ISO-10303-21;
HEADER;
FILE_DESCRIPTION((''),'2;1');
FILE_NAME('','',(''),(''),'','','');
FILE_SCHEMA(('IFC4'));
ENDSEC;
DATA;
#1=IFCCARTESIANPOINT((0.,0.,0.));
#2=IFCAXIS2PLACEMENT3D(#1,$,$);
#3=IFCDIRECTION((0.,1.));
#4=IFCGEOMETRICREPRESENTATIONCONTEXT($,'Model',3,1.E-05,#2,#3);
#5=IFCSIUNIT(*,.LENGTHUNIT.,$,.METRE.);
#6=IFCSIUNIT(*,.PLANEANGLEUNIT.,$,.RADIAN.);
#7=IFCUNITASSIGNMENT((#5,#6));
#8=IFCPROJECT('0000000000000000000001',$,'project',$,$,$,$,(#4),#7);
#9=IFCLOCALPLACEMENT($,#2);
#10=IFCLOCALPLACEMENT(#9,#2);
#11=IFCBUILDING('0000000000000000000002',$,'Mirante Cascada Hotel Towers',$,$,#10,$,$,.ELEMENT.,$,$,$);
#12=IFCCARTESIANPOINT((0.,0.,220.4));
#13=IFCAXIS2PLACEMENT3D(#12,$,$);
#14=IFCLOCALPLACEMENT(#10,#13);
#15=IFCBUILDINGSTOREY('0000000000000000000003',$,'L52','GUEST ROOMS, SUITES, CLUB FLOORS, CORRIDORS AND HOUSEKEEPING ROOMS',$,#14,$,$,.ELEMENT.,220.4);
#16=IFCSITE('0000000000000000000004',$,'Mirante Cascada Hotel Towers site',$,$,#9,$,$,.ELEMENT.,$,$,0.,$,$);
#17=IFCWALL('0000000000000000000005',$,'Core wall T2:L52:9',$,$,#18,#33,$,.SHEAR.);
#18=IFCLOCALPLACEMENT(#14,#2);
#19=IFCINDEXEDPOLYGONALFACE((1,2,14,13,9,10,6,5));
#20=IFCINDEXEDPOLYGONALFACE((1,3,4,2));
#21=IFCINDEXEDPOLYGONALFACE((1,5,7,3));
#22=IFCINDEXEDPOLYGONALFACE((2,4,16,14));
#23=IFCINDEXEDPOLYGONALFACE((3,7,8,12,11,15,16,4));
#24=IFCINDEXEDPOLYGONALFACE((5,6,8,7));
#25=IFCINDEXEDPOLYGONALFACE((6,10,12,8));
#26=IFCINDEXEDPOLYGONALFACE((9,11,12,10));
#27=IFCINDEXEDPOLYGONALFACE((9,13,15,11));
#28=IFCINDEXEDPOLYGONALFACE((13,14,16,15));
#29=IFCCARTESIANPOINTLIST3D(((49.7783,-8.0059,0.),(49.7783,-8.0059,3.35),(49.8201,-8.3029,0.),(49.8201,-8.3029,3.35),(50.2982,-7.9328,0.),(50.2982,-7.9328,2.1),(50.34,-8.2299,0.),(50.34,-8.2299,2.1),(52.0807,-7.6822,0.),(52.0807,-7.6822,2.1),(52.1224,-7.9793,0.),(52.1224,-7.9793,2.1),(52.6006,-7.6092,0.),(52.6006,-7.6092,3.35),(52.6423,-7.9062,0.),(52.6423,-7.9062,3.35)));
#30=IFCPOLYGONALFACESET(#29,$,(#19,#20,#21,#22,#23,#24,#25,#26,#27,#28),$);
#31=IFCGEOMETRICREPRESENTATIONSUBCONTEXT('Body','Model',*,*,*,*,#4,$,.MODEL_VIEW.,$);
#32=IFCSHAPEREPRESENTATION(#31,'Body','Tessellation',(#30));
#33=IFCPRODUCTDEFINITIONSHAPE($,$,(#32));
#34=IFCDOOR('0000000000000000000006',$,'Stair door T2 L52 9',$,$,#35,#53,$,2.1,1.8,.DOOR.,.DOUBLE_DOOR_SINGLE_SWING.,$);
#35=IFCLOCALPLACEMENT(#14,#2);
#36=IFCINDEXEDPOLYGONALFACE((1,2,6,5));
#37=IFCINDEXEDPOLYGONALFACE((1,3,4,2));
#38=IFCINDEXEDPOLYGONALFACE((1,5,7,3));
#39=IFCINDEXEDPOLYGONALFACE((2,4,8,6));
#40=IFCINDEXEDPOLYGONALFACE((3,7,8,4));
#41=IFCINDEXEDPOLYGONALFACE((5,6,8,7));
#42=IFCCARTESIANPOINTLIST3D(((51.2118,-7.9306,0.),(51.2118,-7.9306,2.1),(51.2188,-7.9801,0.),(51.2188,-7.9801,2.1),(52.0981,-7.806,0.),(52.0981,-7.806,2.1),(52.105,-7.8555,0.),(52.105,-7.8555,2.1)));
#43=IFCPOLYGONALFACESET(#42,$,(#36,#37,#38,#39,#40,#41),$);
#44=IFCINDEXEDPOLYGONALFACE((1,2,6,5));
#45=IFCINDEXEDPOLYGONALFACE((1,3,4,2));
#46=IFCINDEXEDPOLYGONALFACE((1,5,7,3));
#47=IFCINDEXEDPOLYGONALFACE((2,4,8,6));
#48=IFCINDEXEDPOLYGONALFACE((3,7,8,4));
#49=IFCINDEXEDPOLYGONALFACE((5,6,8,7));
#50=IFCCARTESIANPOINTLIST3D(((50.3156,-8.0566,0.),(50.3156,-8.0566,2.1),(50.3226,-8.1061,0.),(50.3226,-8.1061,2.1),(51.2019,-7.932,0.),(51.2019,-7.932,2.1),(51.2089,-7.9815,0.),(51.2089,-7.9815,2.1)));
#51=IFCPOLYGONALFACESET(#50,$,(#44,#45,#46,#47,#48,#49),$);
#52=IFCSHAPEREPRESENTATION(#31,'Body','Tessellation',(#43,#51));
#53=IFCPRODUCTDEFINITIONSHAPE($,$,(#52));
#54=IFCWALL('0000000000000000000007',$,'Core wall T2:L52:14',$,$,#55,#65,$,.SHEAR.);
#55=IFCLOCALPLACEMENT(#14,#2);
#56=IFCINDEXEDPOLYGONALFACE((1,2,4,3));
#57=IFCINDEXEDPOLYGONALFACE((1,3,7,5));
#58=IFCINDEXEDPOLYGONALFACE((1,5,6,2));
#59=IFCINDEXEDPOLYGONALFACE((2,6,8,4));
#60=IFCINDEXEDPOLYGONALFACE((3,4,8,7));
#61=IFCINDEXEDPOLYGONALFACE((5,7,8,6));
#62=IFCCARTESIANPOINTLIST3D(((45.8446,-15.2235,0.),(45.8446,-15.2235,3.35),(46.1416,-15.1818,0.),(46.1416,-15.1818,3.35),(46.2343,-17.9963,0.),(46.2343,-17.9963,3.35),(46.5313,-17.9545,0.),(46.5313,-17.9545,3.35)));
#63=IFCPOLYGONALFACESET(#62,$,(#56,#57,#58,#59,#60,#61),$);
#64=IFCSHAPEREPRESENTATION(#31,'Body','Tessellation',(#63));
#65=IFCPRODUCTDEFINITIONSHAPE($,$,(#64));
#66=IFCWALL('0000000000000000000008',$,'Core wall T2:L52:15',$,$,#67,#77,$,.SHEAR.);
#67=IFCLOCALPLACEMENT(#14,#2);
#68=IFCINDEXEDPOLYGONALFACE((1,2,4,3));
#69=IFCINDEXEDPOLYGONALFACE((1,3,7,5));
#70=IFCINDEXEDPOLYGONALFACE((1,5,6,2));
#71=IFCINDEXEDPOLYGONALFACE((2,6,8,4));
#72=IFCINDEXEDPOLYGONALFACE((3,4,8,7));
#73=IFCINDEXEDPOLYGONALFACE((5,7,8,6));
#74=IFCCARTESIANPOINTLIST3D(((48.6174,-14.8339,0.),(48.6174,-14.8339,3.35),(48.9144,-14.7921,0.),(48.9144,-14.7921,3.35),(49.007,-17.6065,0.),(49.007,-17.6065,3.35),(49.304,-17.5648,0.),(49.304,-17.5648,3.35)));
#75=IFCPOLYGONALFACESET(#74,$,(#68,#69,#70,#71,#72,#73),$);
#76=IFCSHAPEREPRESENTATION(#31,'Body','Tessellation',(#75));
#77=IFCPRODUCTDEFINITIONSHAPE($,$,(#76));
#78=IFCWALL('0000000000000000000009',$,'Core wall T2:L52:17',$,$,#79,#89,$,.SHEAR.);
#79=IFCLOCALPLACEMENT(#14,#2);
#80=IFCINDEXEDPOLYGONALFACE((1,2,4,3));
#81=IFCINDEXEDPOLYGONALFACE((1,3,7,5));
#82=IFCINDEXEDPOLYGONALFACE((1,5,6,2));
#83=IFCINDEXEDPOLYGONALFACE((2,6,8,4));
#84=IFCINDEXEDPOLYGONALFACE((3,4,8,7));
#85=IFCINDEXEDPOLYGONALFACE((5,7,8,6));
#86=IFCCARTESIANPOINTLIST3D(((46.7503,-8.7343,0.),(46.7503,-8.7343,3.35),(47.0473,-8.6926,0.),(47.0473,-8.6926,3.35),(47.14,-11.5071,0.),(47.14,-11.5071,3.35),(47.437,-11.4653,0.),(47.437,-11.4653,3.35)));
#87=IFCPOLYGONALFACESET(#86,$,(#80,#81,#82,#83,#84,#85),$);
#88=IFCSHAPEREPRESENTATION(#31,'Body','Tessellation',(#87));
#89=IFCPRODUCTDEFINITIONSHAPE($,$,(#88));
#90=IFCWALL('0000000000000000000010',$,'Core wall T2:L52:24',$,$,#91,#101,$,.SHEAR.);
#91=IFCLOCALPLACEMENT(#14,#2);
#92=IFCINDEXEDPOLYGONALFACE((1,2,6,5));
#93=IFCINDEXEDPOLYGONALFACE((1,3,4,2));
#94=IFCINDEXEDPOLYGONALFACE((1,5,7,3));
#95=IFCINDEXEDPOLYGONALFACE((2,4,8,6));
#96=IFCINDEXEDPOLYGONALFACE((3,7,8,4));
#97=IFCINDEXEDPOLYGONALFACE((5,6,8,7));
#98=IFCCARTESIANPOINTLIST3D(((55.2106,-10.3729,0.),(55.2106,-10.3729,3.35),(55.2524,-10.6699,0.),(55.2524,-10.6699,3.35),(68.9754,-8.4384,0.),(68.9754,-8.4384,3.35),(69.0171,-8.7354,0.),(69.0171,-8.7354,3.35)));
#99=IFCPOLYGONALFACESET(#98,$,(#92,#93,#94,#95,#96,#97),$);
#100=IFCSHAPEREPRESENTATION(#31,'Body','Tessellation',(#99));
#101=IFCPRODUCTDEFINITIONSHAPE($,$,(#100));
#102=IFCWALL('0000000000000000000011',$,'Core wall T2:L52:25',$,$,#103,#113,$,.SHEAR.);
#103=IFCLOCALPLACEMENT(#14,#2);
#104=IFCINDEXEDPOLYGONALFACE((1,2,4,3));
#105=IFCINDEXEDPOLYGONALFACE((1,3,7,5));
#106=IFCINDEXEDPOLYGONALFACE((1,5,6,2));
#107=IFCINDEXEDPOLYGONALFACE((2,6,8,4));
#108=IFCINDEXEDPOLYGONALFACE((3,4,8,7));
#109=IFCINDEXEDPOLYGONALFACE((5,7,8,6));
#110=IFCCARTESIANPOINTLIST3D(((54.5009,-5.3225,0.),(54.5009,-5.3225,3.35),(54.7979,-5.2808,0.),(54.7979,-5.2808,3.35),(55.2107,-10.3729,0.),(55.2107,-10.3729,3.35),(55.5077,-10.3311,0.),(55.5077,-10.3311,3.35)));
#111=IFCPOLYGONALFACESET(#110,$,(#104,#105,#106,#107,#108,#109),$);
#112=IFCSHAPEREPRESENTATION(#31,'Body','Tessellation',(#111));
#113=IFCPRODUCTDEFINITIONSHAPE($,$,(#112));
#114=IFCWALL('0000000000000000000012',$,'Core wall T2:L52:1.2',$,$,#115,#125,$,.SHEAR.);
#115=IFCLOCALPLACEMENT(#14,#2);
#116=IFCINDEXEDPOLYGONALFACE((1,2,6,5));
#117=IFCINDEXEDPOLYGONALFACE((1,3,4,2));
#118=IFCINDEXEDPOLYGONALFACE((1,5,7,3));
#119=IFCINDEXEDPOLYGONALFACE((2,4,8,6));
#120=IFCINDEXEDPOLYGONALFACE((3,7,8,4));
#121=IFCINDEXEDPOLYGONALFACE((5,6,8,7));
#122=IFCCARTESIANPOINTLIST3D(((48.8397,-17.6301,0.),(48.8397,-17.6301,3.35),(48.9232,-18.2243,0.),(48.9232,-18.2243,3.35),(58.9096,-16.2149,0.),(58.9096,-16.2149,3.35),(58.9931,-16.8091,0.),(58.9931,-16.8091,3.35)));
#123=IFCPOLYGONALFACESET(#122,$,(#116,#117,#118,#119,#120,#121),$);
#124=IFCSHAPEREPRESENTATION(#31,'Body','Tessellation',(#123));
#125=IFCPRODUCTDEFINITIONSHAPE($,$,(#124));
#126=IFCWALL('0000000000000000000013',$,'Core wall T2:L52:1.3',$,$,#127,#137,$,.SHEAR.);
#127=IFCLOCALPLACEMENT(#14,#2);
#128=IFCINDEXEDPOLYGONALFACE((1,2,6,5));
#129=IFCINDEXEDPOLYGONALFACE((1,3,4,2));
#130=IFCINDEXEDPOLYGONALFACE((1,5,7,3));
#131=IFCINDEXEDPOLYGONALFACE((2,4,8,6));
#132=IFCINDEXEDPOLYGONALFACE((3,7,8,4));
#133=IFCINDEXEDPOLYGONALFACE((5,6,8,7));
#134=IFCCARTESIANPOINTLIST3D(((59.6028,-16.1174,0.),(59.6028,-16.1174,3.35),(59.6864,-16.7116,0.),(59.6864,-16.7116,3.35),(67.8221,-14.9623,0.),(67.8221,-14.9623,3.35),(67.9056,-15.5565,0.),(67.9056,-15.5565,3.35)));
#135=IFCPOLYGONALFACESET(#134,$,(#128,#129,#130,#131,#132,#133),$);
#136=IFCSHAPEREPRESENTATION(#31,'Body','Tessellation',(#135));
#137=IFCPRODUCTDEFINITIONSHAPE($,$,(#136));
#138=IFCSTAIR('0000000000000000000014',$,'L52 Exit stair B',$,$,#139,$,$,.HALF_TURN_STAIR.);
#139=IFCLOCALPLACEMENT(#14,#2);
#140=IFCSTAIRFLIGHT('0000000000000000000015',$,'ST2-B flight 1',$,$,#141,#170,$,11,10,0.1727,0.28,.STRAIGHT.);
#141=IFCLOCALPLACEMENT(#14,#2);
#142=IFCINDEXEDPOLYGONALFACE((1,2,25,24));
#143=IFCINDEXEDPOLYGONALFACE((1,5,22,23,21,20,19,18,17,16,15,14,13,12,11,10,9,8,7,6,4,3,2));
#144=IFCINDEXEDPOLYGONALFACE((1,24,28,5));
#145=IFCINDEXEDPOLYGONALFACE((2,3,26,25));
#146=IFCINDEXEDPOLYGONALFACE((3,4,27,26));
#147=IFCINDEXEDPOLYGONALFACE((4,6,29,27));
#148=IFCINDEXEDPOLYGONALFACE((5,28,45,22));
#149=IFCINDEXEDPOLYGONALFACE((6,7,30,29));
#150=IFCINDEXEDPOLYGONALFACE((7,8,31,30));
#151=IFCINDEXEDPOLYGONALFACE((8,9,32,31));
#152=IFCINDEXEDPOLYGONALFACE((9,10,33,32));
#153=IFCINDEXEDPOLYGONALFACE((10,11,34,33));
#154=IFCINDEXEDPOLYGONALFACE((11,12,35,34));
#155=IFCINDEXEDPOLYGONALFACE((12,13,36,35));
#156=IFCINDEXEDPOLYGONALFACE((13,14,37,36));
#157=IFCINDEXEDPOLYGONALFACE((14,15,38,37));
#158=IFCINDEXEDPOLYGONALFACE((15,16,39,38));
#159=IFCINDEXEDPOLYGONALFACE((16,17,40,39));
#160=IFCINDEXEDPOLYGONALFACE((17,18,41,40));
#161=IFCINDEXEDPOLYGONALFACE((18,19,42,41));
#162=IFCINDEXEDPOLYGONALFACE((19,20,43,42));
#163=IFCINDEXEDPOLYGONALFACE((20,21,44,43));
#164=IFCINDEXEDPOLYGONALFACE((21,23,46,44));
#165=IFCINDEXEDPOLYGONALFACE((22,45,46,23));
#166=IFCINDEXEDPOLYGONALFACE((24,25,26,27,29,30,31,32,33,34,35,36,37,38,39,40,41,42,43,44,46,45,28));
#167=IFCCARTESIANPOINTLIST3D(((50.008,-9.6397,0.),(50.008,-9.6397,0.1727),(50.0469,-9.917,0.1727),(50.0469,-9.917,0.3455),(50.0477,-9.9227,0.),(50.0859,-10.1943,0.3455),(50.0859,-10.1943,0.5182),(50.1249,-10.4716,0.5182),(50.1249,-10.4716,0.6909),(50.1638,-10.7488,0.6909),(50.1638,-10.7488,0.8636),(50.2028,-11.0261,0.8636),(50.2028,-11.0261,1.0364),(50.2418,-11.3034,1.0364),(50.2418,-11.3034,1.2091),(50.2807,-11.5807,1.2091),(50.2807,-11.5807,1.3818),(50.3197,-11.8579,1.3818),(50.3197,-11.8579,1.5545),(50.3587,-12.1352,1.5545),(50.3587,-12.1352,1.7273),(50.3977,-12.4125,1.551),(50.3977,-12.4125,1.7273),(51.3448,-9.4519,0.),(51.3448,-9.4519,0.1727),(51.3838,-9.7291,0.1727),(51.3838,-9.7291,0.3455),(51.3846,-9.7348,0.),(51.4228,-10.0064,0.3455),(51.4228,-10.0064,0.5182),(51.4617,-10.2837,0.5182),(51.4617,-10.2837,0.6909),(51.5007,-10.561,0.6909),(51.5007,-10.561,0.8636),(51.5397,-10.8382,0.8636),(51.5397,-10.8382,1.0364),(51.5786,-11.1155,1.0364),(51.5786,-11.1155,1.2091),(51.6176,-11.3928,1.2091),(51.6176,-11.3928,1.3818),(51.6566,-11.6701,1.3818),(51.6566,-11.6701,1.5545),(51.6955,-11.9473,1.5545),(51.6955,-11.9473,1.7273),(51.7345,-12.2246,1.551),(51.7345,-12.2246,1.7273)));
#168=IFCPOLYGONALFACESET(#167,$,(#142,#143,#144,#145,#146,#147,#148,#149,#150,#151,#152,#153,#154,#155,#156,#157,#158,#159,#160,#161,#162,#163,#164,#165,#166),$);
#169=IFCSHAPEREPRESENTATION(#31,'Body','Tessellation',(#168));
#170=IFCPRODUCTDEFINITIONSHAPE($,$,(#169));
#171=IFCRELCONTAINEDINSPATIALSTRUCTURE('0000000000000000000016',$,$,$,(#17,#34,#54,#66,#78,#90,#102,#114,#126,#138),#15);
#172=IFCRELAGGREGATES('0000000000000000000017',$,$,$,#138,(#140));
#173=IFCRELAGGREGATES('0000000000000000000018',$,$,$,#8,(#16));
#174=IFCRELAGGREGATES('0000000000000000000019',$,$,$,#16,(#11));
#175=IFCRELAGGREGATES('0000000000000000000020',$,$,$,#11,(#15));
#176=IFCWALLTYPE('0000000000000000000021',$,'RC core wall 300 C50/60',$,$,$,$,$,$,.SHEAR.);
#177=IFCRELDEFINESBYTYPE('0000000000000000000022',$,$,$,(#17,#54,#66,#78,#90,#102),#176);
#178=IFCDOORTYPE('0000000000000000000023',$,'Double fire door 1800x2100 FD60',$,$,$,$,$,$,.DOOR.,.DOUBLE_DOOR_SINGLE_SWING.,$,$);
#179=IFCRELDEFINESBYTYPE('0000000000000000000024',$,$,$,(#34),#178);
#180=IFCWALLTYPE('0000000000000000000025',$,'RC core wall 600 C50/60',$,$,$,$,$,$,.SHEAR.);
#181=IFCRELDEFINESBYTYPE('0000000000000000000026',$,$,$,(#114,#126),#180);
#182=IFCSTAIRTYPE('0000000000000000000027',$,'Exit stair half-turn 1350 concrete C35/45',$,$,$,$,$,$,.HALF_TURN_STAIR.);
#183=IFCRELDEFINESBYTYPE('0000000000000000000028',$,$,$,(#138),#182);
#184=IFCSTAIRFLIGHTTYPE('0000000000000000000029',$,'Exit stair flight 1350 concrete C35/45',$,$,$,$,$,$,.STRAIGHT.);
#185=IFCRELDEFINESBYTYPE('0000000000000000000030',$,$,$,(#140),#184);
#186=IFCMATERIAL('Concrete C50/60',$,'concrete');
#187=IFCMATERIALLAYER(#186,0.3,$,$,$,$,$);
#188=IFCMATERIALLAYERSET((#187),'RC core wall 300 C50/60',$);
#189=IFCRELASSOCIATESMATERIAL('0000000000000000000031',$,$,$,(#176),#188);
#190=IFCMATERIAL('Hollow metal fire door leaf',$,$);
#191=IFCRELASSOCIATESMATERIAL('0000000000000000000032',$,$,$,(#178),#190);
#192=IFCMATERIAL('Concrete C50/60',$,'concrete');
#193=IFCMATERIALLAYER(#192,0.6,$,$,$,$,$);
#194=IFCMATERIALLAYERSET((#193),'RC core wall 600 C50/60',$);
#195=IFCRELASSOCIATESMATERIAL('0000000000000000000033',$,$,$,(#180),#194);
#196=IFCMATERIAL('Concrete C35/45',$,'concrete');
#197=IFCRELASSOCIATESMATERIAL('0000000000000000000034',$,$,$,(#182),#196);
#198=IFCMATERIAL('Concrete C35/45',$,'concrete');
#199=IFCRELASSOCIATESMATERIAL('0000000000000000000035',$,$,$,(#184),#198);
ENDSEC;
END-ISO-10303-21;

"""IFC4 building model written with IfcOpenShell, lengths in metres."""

from ifc_helpers import new_model, si_unit, direction, frame, frame_2d, origin, place, context, subcontext, project, spatial, polyline, rectangle, outline, extrude, material, layer, layer_set, type_object, element, fill, aggregate, save


model = new_model("IFC4")

# Units and contexts
model_context = context("Model", 3, precision=1e-05, world=origin(), true_north=direction((0.0, 1.0)))
body_context = subcontext(model_context, "Body", "Model", "MODEL_VIEW")
ifc_project = project(units=[si_unit("LENGTHUNIT", "METRE"), si_unit("PLANEANGLEUNIT", "RADIAN")], contexts=[model_context])

# Site, building, storey
site_placement = place(None, origin())
site = spatial("IfcSite", under=ifc_project, at=site_placement, Name="Mirante Cascada Hotel Towers site", CompositionType="ELEMENT", RefElevation=0.0)
building_placement = place(site_placement, origin())
building = spatial("IfcBuilding", under=site, at=building_placement, Name="Mirante Cascada Hotel Towers", CompositionType="ELEMENT")
storey_placement = place(building_placement, frame((0.0, 0.0, 220.4)))
storey = spatial("IfcBuildingStorey", under=building, at=storey_placement, Name="L52", Description="GUEST ROOMS, SUITES, CLUB FLOORS, CORRIDORS AND HOUSEKEEPING ROOMS", CompositionType="ELEMENT", Elevation=220.4)

# Shared definitions
ifc_material_1 = material(Name="Concrete C50/60", Category="concrete")
ifc_layer_1 = layer(ifc_material_1, 0.3)
ifc_layer_set_1 = layer_set([ifc_layer_1], Name="RC core wall 300 C50/60")
wall_type_1 = type_object("IfcWallType", Name="RC core wall 300 C50/60", PredefinedType="SHEAR", material=ifc_layer_set_1)

# Wall, opening, door
wall_1_placement = place(storey_placement, frame((49.7992, -8.1544, 0.0), z_axis=(0.0, 0.0, 1.0), x_axis=(0.990266, 0.139191, 0.0)))
wall_1 = element("IfcWall", 1, at=wall_1_placement, inside=storey, type_object=wall_type_1, Name="Core wall T2:L52:9", PredefinedType="SHEAR", context=body_context, shape_type="SweptSolid", body=[
    extrude(rectangle(XDim=2.85, YDim=0.3, at=frame_2d((1.425, 0.0))), origin(), (0.0, 0.0, 1.0), 3.35),
])
opening_1_placement = place(wall_1_placement, frame((0.525, 0.0, 0.0)))
opening_1 = element("IfcOpeningElement", 2, at=opening_1_placement, cuts=wall_1, PredefinedType="OPENING", context=body_context, shape_type="SweptSolid", body=[
    extrude(rectangle(XDim=1.8, YDim=2.1, at=frame_2d((0.9, 1.05))), frame((0.0, 0.15, 0.0), z_axis=(0.0, -1.0, 0.0), x_axis=(1.0, 0.0, 0.0)), (0.0, 0.0, 1.0), 0.3),
])
ifc_material_2 = material(Name="Hollow metal fire door leaf")
door_type_1 = type_object("IfcDoorType", Name="Double fire door 1800x2100 FD60", OperationType="DOUBLE_DOOR_SINGLE_SWING", PredefinedType="DOOR", material=ifc_material_2)
door_1_placement = place(opening_1_placement, frame((1.8, 0.0, 0.0), z_axis=(0.0, 0.0, 1.0), x_axis=(-1.0, 0.0, 0.0)))
door_1 = element("IfcDoor", 3, at=door_1_placement, inside=storey, type_object=door_type_1, Name="Stair door T2 L52 9", OperationType="DOUBLE_DOOR_SINGLE_SWING", OverallHeight=2.1, OverallWidth=1.8, PredefinedType="DOOR", context=body_context, shape_type="SweptSolid", body=[
    extrude(rectangle(XDim=0.895, YDim=2.1, at=frame_2d((0.4475, 1.05))), frame((0.0, 0.025, 0.0), z_axis=(0.0, -1.0, 0.0), x_axis=(1.0, 0.0, 0.0)), (0.0, 0.0, 1.0), 0.05),
    extrude(rectangle(XDim=0.895, YDim=2.1, at=frame_2d((1.3525, 1.05))), frame((0.0, 0.025, 0.0), z_axis=(0.0, -1.0, 0.0), x_axis=(1.0, 0.0, 0.0)), (0.0, 0.0, 1.0), 0.05),
])
fill(opening_1, door_1)

# Walls
wall_2_placement = place(storey_placement, frame((46.3828, -17.9754, 0.0), z_axis=(0.0, 0.0, 1.0), x_axis=(-0.139181, 0.990267, 0.0)))
element("IfcWall", 4, at=wall_2_placement, inside=storey, type_object=wall_type_1, Name="Core wall T2:L52:14", PredefinedType="SHEAR", context=body_context, shape_type="SweptSolid", body=[
    extrude(rectangle(XDim=2.8, YDim=0.3, at=frame_2d((1.4, 0.0))), origin(), (0.0, 0.0, 1.0), 3.35),
])
wall_3_placement = place(storey_placement, frame((49.1555, -17.5857, 0.0), z_axis=(0.0, 0.0, 1.0), x_axis=(-0.139146, 0.990272, 0.0)))
element("IfcWall", 5, at=wall_3_placement, inside=storey, type_object=wall_type_1, Name="Core wall T2:L52:15", PredefinedType="SHEAR", context=body_context, shape_type="SweptSolid", body=[
    extrude(rectangle(XDim=2.7999, YDim=0.3, at=frame_2d((1.4, 0.0))), origin(), (0.0, 0.0, 1.0), 3.35),
])
wall_4_placement = place(storey_placement, frame((47.2885, -11.4862, 0.0), z_axis=(0.0, 0.0, 1.0), x_axis=(-0.139181, 0.990267, 0.0)))
element("IfcWall", 6, at=wall_4_placement, inside=storey, type_object=wall_type_1, Name="Core wall T2:L52:17", PredefinedType="SHEAR", context=body_context, shape_type="SweptSolid", body=[
    extrude(rectangle(XDim=2.8, YDim=0.3, at=frame_2d((1.4, 0.0))), origin(), (0.0, 0.0, 1.0), 3.35),
])
wall_5_placement = place(storey_placement, frame((55.2315, -10.5214, 0.0), z_axis=(0.0, 0.0, 1.0), x_axis=(0.990268, 0.139173, 0.0)))
element("IfcWall", 7, at=wall_5_placement, inside=storey, type_object=wall_type_1, Name="Core wall T2:L52:24", PredefinedType="SHEAR", context=body_context, shape_type="SweptSolid", body=[
    extrude(rectangle(XDim=13.9, YDim=0.3, at=frame_2d((6.95, 0.0))), origin(), (0.0, 0.0, 1.0), 3.35),
])
wall_6_placement = place(storey_placement, frame((55.3592, -10.352, 0.0), z_axis=(0.0, 0.0, 1.0), x_axis=(-0.139176, 0.990268, 0.0)))
element("IfcWall", 8, at=wall_6_placement, inside=storey, type_object=wall_type_1, Name="Core wall T2:L52:25", PredefinedType="SHEAR", context=body_context, shape_type="SweptSolid", body=[
    extrude(rectangle(XDim=5.1, YDim=0.3, at=frame_2d((2.55, 0.0))), origin(), (0.0, 0.0, 1.0), 3.35),
])
ifc_material_3 = material(Name="Concrete C50/60", Category="concrete")
ifc_layer_2 = layer(ifc_material_3, 0.6)
ifc_layer_set_2 = layer_set([ifc_layer_2], Name="RC core wall 600 C50/60")
wall_type_2 = type_object("IfcWallType", Name="RC core wall 600 C50/60", PredefinedType="SHEAR", material=ifc_layer_set_2)
wall_7_placement = place(storey_placement, frame((48.8815, -17.9272, 0.0), z_axis=(0.0, 0.0, 1.0), x_axis=(0.990268, 0.13917, 0.0)))
element("IfcWall", 9, at=wall_7_placement, inside=storey, type_object=wall_type_2, Name="Core wall T2:L52:1.2", PredefinedType="SHEAR", context=body_context, shape_type="SweptSolid", body=[
    extrude(rectangle(XDim=10.1689, YDim=0.6, at=frame_2d((5.0844, 0.0))), origin(), (0.0, 0.0, 1.0), 3.35),
])
wall_8_placement = place(storey_placement, frame((59.6446, -16.4145, 0.0), z_axis=(0.0, 0.0, 1.0), x_axis=(0.990269, 0.139169, 0.0)))
element("IfcWall", 10, at=wall_8_placement, inside=storey, type_object=wall_type_2, Name="Core wall T2:L52:1.3", PredefinedType="SHEAR", context=body_context, shape_type="SweptSolid", body=[
    extrude(rectangle(XDim=8.3, YDim=0.6, at=frame_2d((4.15, 0.0))), origin(), (0.0, 0.0, 1.0), 3.35),
])

# Stair, stair flight
ifc_material_4 = material(Name="Concrete C35/45", Category="concrete")
stair_type = type_object("IfcStairType", Name="Exit stair half-turn 1350 concrete C35/45", PredefinedType="HALF_TURN_STAIR", material=ifc_material_4)
stair_placement = place(storey_placement, origin())
stair = element("IfcStair", 11, at=stair_placement, inside=storey, type_object=stair_type, Name="L52 Exit stair B", PredefinedType="HALF_TURN_STAIR")
ifc_material_5 = material(Name="Concrete C35/45", Category="concrete")
stair_flight_type = type_object("IfcStairFlightType", Name="Exit stair flight 1350 concrete C35/45", PredefinedType="STRAIGHT", material=ifc_material_5)
stair_flight_1_placement = place(storey_placement, frame((50.6764, -9.5458, 0.0), z_axis=(0.0, 0.0, 1.0), x_axis=(0.139173, -0.990268, 0.0)))
stair_flight_1 = element("IfcStairFlight", 12, at=stair_flight_1_placement, type_object=stair_flight_type, Name="ST2-B flight 1", NumberOfRisers=11, NumberOfTreads=10, PredefinedType="STRAIGHT", RiserHeight=0.1727, TreadLength=0.28, context=body_context, shape_type="SweptSolid", body=[
    extrude(outline(polyline([(0.0, 0.0), (0.0, 0.1727), (0.28, 0.1727), (0.28, 0.3455), (0.56, 0.3455), (0.56, 0.5182), (0.84, 0.5182), (0.84, 0.6909), (1.12, 0.6909), (1.12, 0.8636), (1.4, 0.8636), (1.4, 1.0364), (1.68, 1.0364), (1.68, 1.2091), (1.96, 1.2091), (1.96, 1.3818), (2.24, 1.3818), (2.24, 1.5545), (2.52, 1.5545), (2.52, 1.7273), (2.8, 1.7273), (2.8, 1.9), (2.8, 1.551), (0.2857, 0.0), (0.0, 0.0)])), frame((0.0, 0.675, 0.0), z_axis=(0.0, -1.0, 0.0), x_axis=(1.0, 0.0, 0.0)), (0.0, 0.0, 1.0), 1.35),
])
aggregate(stair, [stair_flight_1])

save(model, "model.ifc")
